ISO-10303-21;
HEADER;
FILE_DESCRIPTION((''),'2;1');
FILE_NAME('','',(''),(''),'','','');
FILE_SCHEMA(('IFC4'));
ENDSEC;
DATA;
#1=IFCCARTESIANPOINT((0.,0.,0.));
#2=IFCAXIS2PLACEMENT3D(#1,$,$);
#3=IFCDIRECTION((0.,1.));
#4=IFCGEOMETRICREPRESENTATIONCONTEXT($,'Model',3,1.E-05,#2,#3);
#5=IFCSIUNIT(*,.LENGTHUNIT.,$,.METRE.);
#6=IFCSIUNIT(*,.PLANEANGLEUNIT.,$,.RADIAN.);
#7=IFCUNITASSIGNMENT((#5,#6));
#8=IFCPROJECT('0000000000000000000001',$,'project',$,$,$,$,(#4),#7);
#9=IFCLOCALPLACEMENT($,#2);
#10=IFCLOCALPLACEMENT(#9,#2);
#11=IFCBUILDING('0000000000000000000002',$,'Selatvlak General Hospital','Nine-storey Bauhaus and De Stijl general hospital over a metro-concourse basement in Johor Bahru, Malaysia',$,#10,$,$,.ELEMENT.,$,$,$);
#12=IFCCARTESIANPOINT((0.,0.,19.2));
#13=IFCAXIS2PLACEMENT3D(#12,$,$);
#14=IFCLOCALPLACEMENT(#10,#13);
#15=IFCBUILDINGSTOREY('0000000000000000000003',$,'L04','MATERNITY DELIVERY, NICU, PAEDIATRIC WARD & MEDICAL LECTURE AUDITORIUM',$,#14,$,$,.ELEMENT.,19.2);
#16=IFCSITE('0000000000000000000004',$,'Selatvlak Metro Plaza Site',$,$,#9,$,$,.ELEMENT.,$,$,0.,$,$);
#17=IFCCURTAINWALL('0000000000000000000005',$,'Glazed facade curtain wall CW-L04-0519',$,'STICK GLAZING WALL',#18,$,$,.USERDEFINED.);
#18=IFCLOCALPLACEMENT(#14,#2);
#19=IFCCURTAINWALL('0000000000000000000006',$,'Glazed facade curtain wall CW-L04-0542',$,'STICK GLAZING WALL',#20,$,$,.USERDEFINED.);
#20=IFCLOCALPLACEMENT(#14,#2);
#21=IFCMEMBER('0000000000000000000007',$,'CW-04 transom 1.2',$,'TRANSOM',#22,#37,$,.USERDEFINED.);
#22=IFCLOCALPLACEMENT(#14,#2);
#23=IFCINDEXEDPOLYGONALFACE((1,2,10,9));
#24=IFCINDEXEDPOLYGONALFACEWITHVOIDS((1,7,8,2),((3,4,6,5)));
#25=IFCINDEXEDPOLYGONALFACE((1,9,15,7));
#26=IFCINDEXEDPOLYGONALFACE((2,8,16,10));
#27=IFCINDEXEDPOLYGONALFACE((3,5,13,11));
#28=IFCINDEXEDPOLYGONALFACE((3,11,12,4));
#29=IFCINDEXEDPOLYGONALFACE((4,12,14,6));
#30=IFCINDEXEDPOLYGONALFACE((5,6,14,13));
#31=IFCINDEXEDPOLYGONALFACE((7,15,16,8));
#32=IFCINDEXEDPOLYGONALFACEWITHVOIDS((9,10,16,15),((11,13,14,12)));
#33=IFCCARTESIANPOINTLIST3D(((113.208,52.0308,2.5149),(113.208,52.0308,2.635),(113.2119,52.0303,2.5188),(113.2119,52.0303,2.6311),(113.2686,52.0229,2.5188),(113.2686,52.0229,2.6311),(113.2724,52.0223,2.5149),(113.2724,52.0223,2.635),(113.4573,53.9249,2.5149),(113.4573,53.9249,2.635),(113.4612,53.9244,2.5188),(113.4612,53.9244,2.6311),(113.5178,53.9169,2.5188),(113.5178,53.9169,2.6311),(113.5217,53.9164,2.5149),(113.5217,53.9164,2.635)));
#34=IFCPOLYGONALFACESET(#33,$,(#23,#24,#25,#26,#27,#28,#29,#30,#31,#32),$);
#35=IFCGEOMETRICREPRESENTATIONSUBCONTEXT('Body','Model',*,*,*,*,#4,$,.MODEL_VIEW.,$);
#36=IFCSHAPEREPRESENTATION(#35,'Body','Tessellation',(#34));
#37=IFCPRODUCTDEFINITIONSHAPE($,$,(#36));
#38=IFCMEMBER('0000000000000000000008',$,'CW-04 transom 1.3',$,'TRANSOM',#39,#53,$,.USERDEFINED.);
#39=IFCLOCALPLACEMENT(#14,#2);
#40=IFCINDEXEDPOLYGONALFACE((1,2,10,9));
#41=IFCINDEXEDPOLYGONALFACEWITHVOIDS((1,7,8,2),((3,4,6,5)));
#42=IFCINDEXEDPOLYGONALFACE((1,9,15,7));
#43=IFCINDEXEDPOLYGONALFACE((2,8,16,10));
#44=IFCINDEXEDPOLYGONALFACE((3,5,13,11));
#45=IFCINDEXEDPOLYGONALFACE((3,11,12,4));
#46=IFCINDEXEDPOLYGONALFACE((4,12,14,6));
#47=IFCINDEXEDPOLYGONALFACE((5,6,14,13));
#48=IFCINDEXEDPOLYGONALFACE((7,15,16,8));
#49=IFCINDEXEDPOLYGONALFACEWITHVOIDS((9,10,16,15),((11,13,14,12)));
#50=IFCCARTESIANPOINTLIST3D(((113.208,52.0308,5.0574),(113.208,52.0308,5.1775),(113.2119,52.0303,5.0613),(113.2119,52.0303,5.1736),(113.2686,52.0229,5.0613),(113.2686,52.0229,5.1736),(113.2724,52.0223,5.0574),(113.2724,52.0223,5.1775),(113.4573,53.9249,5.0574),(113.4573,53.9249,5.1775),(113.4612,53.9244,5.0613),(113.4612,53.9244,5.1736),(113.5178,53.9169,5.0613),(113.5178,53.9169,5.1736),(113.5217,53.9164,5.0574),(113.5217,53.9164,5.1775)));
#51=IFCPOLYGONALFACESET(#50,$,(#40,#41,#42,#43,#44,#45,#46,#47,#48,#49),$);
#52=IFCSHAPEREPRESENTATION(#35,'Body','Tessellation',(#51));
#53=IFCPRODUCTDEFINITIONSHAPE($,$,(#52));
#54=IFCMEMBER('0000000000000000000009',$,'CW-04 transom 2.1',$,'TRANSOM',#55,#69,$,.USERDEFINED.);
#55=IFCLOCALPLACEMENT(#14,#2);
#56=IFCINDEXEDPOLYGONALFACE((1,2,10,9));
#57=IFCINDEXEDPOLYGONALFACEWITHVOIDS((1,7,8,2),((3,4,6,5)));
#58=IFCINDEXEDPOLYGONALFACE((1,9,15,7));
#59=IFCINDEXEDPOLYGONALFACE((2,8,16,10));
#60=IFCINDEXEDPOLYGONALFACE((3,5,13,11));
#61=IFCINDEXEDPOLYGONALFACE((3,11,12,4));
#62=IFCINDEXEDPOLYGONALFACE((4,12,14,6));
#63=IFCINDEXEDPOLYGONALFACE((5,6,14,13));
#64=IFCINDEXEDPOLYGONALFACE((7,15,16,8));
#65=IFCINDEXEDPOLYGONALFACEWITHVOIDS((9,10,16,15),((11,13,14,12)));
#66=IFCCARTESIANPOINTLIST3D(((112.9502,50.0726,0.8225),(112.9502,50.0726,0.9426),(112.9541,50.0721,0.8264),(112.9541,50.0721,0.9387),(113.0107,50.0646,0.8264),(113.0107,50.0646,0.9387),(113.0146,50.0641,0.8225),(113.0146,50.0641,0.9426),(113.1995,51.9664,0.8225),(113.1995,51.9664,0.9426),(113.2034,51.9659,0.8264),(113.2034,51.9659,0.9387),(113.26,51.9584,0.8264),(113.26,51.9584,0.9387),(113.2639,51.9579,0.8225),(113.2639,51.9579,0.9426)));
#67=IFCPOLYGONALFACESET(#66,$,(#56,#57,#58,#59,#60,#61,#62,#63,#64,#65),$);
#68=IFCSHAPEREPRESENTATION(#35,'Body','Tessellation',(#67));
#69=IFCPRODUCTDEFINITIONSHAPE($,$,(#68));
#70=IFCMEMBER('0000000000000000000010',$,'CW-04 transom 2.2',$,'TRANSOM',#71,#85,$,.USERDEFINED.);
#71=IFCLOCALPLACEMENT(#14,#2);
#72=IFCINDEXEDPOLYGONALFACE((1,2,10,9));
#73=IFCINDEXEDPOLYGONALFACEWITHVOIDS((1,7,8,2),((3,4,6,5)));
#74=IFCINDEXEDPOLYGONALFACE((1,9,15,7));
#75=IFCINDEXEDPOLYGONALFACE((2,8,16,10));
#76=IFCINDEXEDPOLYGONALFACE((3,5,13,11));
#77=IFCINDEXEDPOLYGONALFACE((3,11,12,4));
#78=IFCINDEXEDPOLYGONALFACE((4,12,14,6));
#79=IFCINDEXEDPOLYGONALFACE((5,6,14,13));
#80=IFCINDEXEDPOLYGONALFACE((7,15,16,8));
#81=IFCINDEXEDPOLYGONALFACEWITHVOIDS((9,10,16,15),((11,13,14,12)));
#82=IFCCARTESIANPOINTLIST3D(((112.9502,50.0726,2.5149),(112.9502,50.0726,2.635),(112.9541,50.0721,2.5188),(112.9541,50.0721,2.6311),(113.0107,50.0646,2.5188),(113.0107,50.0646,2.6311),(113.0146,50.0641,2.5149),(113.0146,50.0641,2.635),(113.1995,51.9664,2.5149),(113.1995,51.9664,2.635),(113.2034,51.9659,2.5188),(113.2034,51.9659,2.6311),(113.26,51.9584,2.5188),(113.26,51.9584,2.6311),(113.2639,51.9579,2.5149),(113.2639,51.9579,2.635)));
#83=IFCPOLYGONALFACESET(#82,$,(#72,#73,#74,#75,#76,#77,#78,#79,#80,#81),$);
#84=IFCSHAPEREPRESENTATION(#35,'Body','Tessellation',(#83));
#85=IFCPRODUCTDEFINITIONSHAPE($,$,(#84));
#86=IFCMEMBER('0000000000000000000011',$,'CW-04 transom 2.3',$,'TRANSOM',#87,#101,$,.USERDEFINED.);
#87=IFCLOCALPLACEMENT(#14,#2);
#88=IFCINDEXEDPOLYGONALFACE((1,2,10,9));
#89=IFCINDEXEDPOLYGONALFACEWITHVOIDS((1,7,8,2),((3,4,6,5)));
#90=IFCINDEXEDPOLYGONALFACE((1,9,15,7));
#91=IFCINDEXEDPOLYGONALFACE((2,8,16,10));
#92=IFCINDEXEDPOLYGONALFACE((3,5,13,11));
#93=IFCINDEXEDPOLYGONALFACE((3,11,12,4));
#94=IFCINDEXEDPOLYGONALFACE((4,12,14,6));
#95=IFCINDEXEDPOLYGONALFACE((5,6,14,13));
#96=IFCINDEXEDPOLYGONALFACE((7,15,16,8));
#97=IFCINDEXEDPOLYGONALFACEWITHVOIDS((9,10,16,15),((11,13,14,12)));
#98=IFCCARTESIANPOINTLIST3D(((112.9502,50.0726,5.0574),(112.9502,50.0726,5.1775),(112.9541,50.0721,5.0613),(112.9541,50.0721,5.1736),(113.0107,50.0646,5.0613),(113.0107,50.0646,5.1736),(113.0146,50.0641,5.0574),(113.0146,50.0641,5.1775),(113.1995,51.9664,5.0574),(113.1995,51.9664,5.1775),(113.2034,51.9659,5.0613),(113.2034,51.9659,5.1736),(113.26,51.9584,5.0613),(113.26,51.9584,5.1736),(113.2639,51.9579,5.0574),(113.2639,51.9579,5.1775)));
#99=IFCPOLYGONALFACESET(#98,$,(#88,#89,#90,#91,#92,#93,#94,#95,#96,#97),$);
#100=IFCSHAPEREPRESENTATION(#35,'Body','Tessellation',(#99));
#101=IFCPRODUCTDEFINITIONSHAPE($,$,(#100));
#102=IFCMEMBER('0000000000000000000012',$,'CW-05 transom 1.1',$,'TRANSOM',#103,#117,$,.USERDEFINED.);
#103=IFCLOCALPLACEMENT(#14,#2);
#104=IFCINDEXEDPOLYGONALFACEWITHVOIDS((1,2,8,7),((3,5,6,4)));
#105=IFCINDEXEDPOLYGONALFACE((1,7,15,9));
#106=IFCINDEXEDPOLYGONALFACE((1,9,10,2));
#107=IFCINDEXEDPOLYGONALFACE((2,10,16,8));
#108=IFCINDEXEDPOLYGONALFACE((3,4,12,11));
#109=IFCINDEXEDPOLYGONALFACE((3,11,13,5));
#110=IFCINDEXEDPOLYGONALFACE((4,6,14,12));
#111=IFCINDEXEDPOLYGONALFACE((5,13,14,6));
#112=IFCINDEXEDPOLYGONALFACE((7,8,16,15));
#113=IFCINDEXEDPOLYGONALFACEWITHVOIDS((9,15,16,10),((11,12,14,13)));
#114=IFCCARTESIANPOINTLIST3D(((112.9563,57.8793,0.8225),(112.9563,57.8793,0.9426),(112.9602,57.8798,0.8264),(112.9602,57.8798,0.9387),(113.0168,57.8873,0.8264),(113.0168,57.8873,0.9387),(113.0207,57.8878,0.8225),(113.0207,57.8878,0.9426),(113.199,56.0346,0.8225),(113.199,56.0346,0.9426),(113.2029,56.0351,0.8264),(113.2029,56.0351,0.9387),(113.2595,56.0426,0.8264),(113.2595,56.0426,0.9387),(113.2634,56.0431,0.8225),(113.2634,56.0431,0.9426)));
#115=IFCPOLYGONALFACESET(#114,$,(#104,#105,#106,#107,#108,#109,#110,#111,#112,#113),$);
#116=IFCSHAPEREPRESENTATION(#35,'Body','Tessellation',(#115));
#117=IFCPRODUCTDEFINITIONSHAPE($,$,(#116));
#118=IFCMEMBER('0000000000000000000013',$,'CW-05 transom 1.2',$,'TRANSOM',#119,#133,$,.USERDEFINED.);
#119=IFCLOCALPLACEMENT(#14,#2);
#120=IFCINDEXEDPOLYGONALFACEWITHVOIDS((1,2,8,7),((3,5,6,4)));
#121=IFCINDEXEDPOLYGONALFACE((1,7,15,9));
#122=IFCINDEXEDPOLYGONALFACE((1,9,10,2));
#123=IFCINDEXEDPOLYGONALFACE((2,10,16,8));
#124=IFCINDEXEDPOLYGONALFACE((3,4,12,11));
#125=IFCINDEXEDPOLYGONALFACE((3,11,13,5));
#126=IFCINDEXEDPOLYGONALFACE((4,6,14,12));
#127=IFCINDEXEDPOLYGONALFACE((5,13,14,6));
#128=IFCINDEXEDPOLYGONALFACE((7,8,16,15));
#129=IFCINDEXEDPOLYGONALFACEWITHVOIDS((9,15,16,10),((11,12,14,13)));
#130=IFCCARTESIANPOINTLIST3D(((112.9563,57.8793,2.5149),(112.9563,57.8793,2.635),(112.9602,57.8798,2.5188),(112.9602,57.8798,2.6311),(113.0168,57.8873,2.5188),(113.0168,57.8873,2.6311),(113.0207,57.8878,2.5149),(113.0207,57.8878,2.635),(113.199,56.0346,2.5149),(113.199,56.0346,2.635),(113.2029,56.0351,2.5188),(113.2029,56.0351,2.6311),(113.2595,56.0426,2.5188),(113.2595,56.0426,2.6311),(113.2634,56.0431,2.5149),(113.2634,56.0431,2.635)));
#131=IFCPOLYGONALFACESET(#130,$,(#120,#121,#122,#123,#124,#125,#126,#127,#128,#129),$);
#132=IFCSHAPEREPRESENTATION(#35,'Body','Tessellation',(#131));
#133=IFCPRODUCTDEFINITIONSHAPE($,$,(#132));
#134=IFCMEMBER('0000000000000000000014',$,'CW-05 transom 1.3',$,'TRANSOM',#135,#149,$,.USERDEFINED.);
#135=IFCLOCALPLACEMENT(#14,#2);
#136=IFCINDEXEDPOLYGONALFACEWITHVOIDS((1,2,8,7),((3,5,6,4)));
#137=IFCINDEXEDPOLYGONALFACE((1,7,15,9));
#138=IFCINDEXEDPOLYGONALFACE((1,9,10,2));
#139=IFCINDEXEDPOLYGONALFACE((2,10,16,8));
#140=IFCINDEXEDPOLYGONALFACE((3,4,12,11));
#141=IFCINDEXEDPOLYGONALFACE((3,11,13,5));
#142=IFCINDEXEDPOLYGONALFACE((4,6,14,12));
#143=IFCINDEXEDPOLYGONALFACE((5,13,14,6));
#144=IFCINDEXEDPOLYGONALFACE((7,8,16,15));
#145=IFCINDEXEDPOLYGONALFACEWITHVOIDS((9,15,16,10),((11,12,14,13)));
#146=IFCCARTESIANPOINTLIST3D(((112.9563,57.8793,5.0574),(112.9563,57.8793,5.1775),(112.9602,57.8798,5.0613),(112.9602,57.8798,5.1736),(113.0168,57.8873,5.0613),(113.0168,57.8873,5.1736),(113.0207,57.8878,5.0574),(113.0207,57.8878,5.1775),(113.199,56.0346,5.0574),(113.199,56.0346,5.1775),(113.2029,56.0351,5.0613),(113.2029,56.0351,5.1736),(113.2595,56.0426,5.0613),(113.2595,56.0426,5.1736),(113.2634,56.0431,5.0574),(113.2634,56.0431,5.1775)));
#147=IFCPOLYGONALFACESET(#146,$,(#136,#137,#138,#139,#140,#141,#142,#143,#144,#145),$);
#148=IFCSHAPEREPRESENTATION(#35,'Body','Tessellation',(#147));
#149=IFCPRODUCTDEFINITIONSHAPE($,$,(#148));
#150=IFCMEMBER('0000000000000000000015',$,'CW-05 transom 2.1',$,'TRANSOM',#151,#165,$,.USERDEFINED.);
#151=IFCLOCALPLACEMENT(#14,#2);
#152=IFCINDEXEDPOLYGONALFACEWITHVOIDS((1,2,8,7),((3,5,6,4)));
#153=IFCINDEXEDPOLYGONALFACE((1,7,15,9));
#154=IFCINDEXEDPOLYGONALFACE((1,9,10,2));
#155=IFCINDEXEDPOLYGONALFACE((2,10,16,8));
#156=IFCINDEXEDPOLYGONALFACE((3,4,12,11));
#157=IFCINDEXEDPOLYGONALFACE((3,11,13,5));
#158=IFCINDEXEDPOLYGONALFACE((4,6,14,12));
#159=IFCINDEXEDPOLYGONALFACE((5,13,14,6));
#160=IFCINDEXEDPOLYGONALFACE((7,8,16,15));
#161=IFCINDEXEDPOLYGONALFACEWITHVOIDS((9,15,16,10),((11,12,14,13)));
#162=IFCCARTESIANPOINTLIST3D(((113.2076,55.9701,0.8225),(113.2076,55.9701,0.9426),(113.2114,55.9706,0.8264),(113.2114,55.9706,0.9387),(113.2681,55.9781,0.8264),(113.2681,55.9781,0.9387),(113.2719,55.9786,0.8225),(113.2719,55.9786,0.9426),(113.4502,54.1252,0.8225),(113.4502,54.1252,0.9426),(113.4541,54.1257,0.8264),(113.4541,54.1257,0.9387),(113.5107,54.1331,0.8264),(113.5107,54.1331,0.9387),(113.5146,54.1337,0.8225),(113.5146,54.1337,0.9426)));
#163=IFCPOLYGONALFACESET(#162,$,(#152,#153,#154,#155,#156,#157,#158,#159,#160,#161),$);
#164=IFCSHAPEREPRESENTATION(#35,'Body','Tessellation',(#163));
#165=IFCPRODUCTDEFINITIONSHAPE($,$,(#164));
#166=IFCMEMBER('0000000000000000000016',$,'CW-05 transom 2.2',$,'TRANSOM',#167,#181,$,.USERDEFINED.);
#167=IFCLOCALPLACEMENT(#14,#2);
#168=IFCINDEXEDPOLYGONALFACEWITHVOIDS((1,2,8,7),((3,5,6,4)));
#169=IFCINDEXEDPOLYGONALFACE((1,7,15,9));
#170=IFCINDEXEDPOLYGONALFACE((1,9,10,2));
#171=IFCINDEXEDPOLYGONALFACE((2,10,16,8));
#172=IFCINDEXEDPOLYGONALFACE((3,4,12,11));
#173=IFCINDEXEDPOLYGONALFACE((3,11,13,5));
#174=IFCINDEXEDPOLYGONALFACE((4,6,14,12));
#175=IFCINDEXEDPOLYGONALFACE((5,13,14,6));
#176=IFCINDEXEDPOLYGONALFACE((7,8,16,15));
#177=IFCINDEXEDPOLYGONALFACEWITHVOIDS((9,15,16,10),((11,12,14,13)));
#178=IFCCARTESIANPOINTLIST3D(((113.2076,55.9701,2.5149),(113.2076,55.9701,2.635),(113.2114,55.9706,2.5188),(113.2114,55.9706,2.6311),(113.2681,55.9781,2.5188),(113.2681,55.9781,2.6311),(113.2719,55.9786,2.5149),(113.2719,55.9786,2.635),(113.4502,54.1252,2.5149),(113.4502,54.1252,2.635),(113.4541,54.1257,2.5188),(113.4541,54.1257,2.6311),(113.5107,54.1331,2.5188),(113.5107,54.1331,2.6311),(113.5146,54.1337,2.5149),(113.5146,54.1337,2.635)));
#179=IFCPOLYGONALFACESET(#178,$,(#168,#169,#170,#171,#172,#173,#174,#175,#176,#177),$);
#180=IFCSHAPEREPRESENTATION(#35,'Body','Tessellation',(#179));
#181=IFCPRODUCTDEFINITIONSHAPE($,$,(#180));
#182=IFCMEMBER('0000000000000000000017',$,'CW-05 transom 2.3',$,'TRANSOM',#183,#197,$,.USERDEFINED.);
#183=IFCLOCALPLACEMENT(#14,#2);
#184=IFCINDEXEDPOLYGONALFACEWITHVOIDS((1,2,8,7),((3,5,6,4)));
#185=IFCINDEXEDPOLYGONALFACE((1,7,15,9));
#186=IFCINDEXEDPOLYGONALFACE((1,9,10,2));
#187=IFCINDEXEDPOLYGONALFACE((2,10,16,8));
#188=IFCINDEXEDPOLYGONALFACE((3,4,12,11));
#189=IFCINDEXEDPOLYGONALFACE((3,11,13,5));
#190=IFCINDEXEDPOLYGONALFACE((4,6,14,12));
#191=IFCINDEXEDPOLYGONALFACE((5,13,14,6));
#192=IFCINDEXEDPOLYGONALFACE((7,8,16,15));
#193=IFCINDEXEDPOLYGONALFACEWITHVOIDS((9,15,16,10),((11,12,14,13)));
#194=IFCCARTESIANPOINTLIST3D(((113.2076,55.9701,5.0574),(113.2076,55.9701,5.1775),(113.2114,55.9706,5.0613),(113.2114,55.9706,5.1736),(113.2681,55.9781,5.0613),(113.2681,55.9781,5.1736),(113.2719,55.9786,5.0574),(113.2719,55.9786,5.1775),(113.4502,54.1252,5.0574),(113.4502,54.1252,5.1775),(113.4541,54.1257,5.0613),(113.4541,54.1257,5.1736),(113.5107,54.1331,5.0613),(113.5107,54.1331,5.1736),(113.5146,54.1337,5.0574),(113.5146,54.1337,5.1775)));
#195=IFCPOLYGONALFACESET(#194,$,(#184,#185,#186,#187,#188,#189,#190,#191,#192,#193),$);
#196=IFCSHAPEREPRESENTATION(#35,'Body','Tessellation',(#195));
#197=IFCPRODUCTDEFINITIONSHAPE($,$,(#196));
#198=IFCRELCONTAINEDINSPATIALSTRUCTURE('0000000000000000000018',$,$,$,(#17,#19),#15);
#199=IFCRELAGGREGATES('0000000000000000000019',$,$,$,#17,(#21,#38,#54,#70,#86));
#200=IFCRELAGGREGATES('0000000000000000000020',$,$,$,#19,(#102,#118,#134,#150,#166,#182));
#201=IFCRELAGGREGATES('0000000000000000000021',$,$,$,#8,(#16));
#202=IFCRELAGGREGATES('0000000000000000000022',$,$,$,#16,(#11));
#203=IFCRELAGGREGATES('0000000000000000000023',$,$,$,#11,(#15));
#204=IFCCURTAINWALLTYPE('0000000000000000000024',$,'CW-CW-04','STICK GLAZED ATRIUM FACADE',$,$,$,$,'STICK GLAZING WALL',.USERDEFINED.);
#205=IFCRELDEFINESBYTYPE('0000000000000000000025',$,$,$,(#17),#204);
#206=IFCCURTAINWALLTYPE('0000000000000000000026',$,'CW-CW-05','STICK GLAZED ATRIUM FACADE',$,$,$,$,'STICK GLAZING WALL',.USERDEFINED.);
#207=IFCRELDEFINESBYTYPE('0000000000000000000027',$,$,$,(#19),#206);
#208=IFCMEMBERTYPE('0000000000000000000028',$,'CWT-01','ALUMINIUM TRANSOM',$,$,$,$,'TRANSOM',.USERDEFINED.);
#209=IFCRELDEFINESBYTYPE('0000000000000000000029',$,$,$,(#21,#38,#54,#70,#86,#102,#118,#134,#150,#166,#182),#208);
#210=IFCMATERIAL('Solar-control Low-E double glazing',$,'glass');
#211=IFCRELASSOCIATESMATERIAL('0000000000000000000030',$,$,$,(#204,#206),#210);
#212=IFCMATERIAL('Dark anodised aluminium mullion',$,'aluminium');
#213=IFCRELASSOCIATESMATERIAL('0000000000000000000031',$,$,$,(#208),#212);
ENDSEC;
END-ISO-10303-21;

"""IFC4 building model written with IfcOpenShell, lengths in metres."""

from ifc_helpers import new_model, si_unit, direction, frame, origin, origin_2d, place, context, subcontext, project, spatial, hollow_rectangle, extrude, material, material_profile, profile_set, type_object, element, aggregate, save


model = new_model("IFC4")

# Units and contexts
model_context = context("Model", 3, precision=1e-05, world=origin(), true_north=direction((0.0, 1.0)))
body_context = subcontext(model_context, "Body", "Model", "MODEL_VIEW")
ifc_project = project(units=[si_unit("LENGTHUNIT", "METRE"), si_unit("PLANEANGLEUNIT", "RADIAN")], contexts=[model_context])

# Site, building, storey
site_placement = place(None, origin())
site = spatial("IfcSite", under=ifc_project, at=site_placement, Name="Selatvlak Metro Plaza Site", CompositionType="ELEMENT", RefElevation=0.0)
building_placement = place(site_placement, origin())
building = spatial("IfcBuilding", under=site, at=building_placement, Name="Selatvlak General Hospital", Description="Nine-storey Bauhaus and De Stijl general hospital over a metro-concourse basement in Johor Bahru, Malaysia", CompositionType="ELEMENT")
storey_placement = place(building_placement, frame((0.0, 0.0, 19.2)))
storey = spatial("IfcBuildingStorey", under=building, at=storey_placement, Name="L04", Description="MATERNITY DELIVERY, NICU, PAEDIATRIC WARD & MEDICAL LECTURE AUDITORIUM", CompositionType="ELEMENT", Elevation=19.2)

# Curtain walls
ifc_material_1 = material(Name="Solar-control Low-E double glazing", Category="glass")
curtain_wall_type_1 = type_object("IfcCurtainWallType", Name="CW-CW-04", Description="STICK GLAZED ATRIUM FACADE", ElementType="STICK GLAZING WALL", PredefinedType="USERDEFINED", material=ifc_material_1)
curtain_wall_1_placement = place(storey_placement, origin())
curtain_wall_1 = element("IfcCurtainWall", 1, at=curtain_wall_1_placement, inside=storey, type_object=curtain_wall_type_1, Name="Glazed facade curtain wall CW-L04-0519", ObjectType="STICK GLAZING WALL", PredefinedType="USERDEFINED")
ifc_material_2 = material(Name="Dark anodised aluminium mullion", Category="aluminium")
curtain_wall_type_2 = type_object("IfcCurtainWallType", Name="CW-CW-05", Description="STICK GLAZED ATRIUM FACADE", ElementType="STICK GLAZING WALL", PredefinedType="USERDEFINED", material=ifc_material_1)
curtain_wall_2_placement = place(storey_placement, origin())
curtain_wall_2 = element("IfcCurtainWall", 2, at=curtain_wall_2_placement, inside=storey, type_object=curtain_wall_type_2, Name="Glazed facade curtain wall CW-L04-0542", ObjectType="STICK GLAZING WALL", PredefinedType="USERDEFINED")

# Members
ifc_material_profile_1 = material_profile(ifc_material_2, hollow_rectangle(XDim=0.0649, YDim=0.1201, WallThickness=0.0039, at=origin_2d()), Name="AL-TRN 65x120x4")
ifc_profile_set_1 = profile_set([ifc_material_profile_1], Name="Dark anodised aluminium mullion")
member_type_1 = type_object("IfcMemberType", Name="CWT-01", Description="ALUMINIUM TRANSOM", ElementType="TRANSOM", PredefinedType="USERDEFINED", material=ifc_profile_set_1)
member_1_placement = place(storey_placement, frame((113.4895, 53.9207, 2.575), z_axis=(-0.130481, -0.991451, 0.0), x_axis=(0.991451, -0.130481, 0.0)))
member_1 = element("IfcMember", 3, at=member_1_placement, type_object=member_type_1, Name="CW-04 transom 1.2", ObjectType="TRANSOM", PredefinedType="USERDEFINED", context=body_context, shape_type="SweptSolid", body=[
    extrude(hollow_rectangle(XDim=0.0649, YDim=0.1201, WallThickness=0.0039, at=origin_2d()), origin(), (0.0, 0.0, 1.0), 1.9104),
])
member_2_placement = place(storey_placement, frame((113.4895, 53.9207, 5.1174), z_axis=(-0.130481, -0.991451, 0.0), x_axis=(0.991451, -0.130481, 0.0)))
member_2 = element("IfcMember", 4, at=member_2_placement, type_object=member_type_1, Name="CW-04 transom 1.3", ObjectType="TRANSOM", PredefinedType="USERDEFINED", context=body_context, shape_type="SweptSolid", body=[
    extrude(hollow_rectangle(XDim=0.0649, YDim=0.1201, WallThickness=0.0039, at=origin_2d()), origin(), (0.0, 0.0, 1.0), 1.9104),
])
member_3_placement = place(storey_placement, frame((113.2317, 51.9622, 0.8826), z_axis=(-0.130497, -0.991449, 0.0), x_axis=(0.991449, -0.130497, 0.0)))
member_3 = element("IfcMember", 5, at=member_3_placement, type_object=member_type_1, Name="CW-04 transom 2.1", ObjectType="TRANSOM", PredefinedType="USERDEFINED", context=body_context, shape_type="SweptSolid", body=[
    extrude(hollow_rectangle(XDim=0.0649, YDim=0.1201, WallThickness=0.0039, at=origin_2d()), origin(), (0.0, 0.0, 1.0), 1.9102),
])
member_4_placement = place(storey_placement, frame((113.2317, 51.9622, 2.575), z_axis=(-0.130497, -0.991449, 0.0), x_axis=(0.991449, -0.130497, 0.0)))
member_4 = element("IfcMember", 6, at=member_4_placement, type_object=member_type_1, Name="CW-04 transom 2.2", ObjectType="TRANSOM", PredefinedType="USERDEFINED", context=body_context, shape_type="SweptSolid", body=[
    extrude(hollow_rectangle(XDim=0.0649, YDim=0.1201, WallThickness=0.0039, at=origin_2d()), origin(), (0.0, 0.0, 1.0), 1.9102),
])
member_5_placement = place(storey_placement, frame((113.2317, 51.9622, 5.1174), z_axis=(-0.130497, -0.991449, 0.0), x_axis=(0.991449, -0.130497, 0.0)))
member_5 = element("IfcMember", 7, at=member_5_placement, type_object=member_type_1, Name="CW-04 transom 2.3", ObjectType="TRANSOM", PredefinedType="USERDEFINED", context=body_context, shape_type="SweptSolid", body=[
    extrude(hollow_rectangle(XDim=0.0649, YDim=0.1201, WallThickness=0.0039, at=origin_2d()), origin(), (0.0, 0.0, 1.0), 1.9102),
])
member_6_placement = place(storey_placement, frame((112.9885, 57.8835, 0.8826), z_axis=(0.130427, -0.991458, 0.0), x_axis=(0.991458, 0.130427, 0.0)))
member_6 = element("IfcMember", 8, at=member_6_placement, type_object=member_type_1, Name="CW-05 transom 1.1", ObjectType="TRANSOM", PredefinedType="USERDEFINED", context=body_context, shape_type="SweptSolid", body=[
    extrude(hollow_rectangle(XDim=0.0649, YDim=0.1201, WallThickness=0.0039, at=origin_2d()), origin(), (0.0, 0.0, 1.0), 1.8606),
])
member_7_placement = place(storey_placement, frame((112.9885, 57.8835, 2.575), z_axis=(0.130427, -0.991458, 0.0), x_axis=(0.991458, 0.130427, 0.0)))
member_7 = element("IfcMember", 9, at=member_7_placement, type_object=member_type_1, Name="CW-05 transom 1.2", ObjectType="TRANSOM", PredefinedType="USERDEFINED", context=body_context, shape_type="SweptSolid", body=[
    extrude(hollow_rectangle(XDim=0.0649, YDim=0.1201, WallThickness=0.0039, at=origin_2d()), origin(), (0.0, 0.0, 1.0), 1.8606),
])
member_8_placement = place(storey_placement, frame((112.9885, 57.8835, 5.1174), z_axis=(0.130427, -0.991458, 0.0), x_axis=(0.991458, 0.130427, 0.0)))
member_8 = element("IfcMember", 10, at=member_8_placement, type_object=member_type_1, Name="CW-05 transom 1.3", ObjectType="TRANSOM", PredefinedType="USERDEFINED", context=body_context, shape_type="SweptSolid", body=[
    extrude(hollow_rectangle(XDim=0.0649, YDim=0.1201, WallThickness=0.0039, at=origin_2d()), origin(), (0.0, 0.0, 1.0), 1.8606),
])
member_9_placement = place(storey_placement, frame((113.2397, 55.9744, 0.8826), z_axis=(0.13041, -0.99146, 0.0), x_axis=(0.99146, 0.13041, 0.0)))
member_9 = element("IfcMember", 11, at=member_9_placement, type_object=member_type_1, Name="CW-05 transom 2.1", ObjectType="TRANSOM", PredefinedType="USERDEFINED", context=body_context, shape_type="SweptSolid", body=[
    extrude(hollow_rectangle(XDim=0.0649, YDim=0.1201, WallThickness=0.0039, at=origin_2d()), origin(), (0.0, 0.0, 1.0), 1.8608),
])
member_10_placement = place(storey_placement, frame((113.2397, 55.9744, 2.575), z_axis=(0.13041, -0.99146, 0.0), x_axis=(0.99146, 0.13041, 0.0)))
member_10 = element("IfcMember", 12, at=member_10_placement, type_object=member_type_1, Name="CW-05 transom 2.2", ObjectType="TRANSOM", PredefinedType="USERDEFINED", context=body_context, shape_type="SweptSolid", body=[
    extrude(hollow_rectangle(XDim=0.0649, YDim=0.1201, WallThickness=0.0039, at=origin_2d()), origin(), (0.0, 0.0, 1.0), 1.8608),
])
member_11_placement = place(storey_placement, frame((113.2397, 55.9744, 5.1174), z_axis=(0.13041, -0.99146, 0.0), x_axis=(0.99146, 0.13041, 0.0)))
member_11 = element("IfcMember", 13, at=member_11_placement, type_object=member_type_1, Name="CW-05 transom 2.3", ObjectType="TRANSOM", PredefinedType="USERDEFINED", context=body_context, shape_type="SweptSolid", body=[
    extrude(hollow_rectangle(XDim=0.0649, YDim=0.1201, WallThickness=0.0039, at=origin_2d()), origin(), (0.0, 0.0, 1.0), 1.8608),
])

aggregate(curtain_wall_1, [member_1, member_2, member_3, member_4, member_5])
aggregate(curtain_wall_2, [member_6, member_7, member_8, member_9, member_10, member_11])

save(model, "model.ifc")
